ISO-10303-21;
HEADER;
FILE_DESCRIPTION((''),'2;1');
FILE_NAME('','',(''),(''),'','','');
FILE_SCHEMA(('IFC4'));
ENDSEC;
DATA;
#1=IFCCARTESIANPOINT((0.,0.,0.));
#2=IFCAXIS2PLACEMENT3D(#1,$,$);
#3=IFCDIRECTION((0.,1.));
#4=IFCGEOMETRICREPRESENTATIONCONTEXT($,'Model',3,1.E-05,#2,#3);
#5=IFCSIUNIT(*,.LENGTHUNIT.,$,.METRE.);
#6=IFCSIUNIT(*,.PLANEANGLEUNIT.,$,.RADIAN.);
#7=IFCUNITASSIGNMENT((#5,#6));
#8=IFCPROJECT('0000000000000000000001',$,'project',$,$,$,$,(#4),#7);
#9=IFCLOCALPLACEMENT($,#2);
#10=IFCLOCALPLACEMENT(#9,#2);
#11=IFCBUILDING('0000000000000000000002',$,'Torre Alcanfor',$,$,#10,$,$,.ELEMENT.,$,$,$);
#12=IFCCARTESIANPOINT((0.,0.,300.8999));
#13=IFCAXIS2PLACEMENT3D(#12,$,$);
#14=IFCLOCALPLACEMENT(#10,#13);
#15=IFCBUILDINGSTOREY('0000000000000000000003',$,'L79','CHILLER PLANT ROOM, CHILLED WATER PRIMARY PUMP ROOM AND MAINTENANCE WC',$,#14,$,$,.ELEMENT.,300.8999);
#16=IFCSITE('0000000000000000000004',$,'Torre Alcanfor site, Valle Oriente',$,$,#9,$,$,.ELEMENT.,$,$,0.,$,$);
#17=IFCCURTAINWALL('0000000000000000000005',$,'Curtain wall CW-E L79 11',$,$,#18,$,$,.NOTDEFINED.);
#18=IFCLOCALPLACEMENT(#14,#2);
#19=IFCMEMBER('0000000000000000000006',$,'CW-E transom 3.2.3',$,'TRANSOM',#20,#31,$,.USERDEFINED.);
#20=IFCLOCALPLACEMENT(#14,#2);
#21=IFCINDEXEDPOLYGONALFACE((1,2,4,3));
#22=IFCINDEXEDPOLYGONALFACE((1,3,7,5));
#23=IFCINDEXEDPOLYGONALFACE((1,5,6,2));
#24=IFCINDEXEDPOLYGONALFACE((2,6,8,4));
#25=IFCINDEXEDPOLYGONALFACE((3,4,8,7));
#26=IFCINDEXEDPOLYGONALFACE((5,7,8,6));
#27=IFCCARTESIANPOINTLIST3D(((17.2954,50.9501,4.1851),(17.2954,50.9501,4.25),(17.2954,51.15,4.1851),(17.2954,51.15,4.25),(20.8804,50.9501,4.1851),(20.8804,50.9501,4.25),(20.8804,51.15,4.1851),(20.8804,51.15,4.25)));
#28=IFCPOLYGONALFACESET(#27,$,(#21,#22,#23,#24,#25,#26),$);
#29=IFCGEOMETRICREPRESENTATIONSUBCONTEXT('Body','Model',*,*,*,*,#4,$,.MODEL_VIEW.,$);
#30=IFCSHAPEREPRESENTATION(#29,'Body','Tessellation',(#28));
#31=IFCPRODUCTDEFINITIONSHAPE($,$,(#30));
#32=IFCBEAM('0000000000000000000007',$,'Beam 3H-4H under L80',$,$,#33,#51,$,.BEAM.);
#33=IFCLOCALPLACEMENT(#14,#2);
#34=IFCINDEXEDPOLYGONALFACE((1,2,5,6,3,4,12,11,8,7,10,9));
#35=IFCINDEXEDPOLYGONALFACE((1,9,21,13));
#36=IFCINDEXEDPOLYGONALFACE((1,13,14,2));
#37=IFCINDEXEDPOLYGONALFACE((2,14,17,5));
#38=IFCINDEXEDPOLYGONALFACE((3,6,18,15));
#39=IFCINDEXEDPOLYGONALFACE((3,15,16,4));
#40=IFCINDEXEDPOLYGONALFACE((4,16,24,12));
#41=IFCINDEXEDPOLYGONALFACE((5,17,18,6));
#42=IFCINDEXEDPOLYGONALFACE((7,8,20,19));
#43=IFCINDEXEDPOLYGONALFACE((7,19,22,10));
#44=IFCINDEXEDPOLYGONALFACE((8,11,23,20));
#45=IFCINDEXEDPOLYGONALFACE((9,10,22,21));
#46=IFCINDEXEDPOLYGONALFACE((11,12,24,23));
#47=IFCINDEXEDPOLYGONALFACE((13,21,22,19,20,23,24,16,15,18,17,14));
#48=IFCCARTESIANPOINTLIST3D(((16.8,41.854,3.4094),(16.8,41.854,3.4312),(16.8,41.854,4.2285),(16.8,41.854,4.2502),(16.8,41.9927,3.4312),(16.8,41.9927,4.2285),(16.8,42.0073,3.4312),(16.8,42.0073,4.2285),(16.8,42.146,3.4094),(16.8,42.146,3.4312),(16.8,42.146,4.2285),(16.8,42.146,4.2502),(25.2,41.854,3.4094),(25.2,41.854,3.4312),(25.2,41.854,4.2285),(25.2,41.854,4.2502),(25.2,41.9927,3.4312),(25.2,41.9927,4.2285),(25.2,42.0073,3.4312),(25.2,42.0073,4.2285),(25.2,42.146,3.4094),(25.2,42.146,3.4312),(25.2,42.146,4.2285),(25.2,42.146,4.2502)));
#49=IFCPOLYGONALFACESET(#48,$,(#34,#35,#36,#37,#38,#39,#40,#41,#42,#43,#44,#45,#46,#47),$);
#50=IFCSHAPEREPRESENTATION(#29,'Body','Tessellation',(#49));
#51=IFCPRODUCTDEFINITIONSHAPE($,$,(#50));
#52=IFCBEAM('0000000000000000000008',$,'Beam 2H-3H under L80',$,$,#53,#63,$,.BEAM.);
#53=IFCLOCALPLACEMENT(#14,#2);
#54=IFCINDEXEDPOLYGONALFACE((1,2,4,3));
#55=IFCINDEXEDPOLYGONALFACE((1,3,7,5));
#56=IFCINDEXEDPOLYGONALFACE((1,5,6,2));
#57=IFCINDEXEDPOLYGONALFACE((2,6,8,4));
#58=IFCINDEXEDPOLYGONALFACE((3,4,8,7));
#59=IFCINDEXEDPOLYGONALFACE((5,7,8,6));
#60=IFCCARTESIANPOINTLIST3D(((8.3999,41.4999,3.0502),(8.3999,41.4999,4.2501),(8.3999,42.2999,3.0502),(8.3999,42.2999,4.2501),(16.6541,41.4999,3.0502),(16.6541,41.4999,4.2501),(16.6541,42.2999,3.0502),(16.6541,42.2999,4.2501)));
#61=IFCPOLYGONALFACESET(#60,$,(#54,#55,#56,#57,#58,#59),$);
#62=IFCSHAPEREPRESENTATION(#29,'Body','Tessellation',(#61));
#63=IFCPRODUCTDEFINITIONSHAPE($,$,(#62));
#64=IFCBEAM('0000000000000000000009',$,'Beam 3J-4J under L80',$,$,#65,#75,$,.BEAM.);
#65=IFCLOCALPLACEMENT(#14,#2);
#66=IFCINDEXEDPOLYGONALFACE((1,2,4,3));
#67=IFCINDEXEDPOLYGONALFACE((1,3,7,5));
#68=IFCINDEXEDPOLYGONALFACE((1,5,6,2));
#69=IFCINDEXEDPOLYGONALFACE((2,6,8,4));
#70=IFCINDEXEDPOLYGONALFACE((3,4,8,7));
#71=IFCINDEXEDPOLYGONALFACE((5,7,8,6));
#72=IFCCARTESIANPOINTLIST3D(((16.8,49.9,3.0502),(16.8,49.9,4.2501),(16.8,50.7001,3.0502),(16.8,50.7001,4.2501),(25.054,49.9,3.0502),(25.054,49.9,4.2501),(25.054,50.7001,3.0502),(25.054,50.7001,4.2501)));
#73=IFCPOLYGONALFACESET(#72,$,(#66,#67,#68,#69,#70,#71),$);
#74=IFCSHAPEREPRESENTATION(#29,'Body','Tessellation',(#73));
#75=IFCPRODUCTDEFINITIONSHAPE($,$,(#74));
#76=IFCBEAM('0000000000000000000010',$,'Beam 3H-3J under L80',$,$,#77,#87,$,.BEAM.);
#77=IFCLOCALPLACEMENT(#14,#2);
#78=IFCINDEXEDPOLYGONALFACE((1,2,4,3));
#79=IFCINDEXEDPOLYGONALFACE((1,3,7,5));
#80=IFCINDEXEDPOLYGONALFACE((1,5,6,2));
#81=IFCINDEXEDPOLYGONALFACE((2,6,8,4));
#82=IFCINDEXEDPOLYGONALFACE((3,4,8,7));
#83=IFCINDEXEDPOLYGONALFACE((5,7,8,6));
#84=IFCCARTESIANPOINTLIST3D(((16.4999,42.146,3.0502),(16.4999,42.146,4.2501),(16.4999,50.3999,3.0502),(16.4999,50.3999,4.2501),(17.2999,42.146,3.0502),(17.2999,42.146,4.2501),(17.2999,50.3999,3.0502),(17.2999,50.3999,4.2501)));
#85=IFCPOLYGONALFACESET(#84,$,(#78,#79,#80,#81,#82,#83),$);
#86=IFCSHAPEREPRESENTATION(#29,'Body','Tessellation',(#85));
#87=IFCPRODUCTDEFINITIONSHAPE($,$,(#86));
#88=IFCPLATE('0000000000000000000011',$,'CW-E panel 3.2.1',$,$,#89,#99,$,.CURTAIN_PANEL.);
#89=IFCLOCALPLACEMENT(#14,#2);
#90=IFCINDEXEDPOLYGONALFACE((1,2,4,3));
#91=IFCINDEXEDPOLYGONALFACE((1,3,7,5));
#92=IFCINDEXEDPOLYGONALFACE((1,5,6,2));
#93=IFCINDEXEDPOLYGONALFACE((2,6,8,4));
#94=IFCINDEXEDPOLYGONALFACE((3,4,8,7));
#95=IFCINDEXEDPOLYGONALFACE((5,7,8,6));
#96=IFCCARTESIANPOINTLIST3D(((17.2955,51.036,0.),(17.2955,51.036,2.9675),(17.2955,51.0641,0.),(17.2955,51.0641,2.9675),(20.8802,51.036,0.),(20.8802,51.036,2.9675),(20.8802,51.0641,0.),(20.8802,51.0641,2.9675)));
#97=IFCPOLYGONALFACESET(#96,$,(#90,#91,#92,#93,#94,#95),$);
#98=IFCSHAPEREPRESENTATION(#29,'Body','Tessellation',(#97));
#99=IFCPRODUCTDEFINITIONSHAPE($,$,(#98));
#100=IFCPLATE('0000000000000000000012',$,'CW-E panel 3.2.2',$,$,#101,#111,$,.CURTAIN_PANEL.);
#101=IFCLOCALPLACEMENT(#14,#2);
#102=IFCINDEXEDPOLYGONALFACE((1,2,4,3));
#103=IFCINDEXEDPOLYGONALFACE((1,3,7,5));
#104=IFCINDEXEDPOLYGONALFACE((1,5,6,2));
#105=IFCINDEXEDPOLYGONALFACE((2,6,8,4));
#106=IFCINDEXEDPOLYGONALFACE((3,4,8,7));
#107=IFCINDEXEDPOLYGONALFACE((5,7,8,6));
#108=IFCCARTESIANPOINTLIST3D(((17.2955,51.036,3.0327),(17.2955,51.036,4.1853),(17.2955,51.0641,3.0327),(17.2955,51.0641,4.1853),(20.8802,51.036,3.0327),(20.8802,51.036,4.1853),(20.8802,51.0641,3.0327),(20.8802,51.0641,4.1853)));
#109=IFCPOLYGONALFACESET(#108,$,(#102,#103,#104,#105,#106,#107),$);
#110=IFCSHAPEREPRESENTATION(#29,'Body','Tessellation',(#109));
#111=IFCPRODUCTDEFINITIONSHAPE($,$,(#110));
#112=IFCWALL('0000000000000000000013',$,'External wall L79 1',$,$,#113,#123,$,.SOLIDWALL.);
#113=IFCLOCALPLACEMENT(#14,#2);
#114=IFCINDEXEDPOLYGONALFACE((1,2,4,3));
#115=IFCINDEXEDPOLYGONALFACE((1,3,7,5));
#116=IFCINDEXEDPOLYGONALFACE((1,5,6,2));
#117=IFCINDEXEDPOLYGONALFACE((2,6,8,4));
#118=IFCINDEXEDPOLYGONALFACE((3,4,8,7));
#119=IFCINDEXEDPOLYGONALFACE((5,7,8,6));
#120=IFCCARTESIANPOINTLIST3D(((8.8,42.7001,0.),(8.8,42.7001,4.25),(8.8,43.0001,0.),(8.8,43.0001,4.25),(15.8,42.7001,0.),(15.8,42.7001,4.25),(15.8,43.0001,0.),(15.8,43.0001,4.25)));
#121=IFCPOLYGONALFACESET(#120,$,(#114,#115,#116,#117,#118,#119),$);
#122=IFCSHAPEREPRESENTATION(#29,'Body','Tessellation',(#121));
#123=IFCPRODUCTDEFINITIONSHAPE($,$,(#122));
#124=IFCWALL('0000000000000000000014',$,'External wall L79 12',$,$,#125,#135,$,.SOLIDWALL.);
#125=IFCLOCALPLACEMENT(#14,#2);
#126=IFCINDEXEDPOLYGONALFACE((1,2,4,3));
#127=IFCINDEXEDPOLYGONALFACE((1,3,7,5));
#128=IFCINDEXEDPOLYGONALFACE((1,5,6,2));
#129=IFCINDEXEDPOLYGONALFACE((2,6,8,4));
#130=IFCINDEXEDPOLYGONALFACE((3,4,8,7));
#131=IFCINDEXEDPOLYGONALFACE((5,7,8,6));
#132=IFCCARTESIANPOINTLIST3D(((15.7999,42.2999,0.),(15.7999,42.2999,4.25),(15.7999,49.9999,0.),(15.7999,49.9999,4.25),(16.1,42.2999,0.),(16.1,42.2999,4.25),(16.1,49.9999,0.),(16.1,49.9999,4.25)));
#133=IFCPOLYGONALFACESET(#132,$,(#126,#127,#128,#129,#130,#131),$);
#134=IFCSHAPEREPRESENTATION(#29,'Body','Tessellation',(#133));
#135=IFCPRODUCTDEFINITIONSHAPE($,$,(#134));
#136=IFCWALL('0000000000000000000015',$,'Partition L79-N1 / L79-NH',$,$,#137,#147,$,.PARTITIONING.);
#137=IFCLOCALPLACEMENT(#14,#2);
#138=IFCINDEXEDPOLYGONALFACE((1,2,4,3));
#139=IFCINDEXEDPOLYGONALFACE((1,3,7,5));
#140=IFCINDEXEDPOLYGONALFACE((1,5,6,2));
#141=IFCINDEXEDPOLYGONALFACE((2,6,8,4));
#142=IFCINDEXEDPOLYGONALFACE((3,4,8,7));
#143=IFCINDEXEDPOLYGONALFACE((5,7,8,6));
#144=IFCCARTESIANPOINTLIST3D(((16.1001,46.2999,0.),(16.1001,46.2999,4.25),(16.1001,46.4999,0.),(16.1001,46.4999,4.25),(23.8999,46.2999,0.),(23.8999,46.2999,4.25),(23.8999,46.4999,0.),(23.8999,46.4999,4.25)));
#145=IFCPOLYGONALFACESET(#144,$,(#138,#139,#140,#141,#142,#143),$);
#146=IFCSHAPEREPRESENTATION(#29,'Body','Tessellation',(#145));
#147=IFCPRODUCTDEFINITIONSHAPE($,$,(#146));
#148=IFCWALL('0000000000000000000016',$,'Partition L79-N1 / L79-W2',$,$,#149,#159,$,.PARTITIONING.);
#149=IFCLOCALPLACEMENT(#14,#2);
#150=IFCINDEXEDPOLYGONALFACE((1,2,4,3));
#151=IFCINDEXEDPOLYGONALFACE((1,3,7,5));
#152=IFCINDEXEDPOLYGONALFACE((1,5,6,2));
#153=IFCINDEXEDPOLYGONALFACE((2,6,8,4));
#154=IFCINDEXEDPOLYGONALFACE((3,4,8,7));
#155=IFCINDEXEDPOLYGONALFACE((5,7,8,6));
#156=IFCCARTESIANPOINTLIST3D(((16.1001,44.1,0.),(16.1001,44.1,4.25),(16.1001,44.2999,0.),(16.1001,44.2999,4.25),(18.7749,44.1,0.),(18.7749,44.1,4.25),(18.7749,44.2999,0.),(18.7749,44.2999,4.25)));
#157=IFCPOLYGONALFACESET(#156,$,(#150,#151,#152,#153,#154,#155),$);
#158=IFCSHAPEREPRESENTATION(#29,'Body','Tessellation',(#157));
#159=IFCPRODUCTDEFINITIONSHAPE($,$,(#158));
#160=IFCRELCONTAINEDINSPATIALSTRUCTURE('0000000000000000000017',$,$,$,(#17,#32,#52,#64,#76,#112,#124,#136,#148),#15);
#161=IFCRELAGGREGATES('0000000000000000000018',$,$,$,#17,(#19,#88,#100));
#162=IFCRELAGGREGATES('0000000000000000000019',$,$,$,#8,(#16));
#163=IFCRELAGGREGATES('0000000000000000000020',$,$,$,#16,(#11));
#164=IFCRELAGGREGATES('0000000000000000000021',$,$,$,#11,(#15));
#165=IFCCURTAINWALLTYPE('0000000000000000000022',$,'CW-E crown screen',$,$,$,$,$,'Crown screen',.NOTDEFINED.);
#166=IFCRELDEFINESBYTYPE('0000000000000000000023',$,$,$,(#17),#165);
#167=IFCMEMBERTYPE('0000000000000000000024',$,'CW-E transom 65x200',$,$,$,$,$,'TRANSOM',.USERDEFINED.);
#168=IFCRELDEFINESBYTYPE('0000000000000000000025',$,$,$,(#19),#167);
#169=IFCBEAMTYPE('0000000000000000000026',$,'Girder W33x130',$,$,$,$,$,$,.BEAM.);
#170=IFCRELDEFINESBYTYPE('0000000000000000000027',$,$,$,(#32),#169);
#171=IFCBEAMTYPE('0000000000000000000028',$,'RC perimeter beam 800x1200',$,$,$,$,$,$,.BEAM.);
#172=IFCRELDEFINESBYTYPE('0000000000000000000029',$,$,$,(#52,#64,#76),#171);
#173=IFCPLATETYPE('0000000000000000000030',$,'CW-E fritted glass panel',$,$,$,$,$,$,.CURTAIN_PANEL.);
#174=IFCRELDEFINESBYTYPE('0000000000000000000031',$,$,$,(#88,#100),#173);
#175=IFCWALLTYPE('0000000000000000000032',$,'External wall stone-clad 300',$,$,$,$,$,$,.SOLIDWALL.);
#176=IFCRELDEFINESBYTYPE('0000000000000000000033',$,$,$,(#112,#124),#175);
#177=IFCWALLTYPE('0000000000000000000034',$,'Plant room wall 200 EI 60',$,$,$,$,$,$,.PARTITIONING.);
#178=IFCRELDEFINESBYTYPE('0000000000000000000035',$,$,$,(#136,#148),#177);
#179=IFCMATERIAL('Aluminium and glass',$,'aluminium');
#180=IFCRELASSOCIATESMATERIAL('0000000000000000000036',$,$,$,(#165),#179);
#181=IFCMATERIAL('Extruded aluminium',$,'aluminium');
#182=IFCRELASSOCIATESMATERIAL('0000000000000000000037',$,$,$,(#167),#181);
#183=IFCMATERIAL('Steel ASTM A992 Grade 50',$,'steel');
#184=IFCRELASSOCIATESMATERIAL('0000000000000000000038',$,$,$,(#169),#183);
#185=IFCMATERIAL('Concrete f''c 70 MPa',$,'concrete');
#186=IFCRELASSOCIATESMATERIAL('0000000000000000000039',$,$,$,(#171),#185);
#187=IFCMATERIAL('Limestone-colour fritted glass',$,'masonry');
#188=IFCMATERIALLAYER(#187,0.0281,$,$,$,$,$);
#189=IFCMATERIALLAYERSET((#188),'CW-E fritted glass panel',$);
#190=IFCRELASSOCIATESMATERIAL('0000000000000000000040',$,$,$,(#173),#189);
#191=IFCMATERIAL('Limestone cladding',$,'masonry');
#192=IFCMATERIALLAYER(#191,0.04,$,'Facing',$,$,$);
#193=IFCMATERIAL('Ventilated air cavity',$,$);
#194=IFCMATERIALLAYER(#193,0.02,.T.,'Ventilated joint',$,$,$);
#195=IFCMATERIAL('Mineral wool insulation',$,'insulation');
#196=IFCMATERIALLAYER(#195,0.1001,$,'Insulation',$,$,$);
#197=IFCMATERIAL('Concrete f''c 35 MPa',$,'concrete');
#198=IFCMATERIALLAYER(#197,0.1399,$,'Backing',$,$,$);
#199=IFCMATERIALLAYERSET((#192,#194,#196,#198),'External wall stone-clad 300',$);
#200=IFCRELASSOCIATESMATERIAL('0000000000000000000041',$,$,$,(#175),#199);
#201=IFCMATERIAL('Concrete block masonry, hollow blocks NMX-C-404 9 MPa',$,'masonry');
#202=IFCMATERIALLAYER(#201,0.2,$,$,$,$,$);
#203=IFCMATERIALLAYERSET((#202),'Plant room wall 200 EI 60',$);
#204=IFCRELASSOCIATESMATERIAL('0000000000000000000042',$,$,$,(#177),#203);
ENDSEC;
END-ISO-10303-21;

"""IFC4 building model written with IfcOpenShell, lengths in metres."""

from ifc_helpers import new_model, si_unit, direction, frame, frame_2d, origin, origin_2d, place, context, subcontext, project, spatial, rectangle, i_section, extrude, material, layer, layer_set, material_profile, profile_set, type_object, element, aggregate, save


model = new_model("IFC4")

# Units and contexts
model_context = context("Model", 3, precision=1e-05, world=origin(), true_north=direction((0.0, 1.0)))
body_context = subcontext(model_context, "Body", "Model", "MODEL_VIEW")
ifc_project = project(units=[si_unit("LENGTHUNIT", "METRE"), si_unit("PLANEANGLEUNIT", "RADIAN")], contexts=[model_context])

# Site, building, storey
site_placement = place(None, origin())
site = spatial("IfcSite", under=ifc_project, at=site_placement, Name="Torre Alcanfor site, Valle Oriente", CompositionType="ELEMENT", RefElevation=0.0)
building_placement = place(site_placement, origin())
building = spatial("IfcBuilding", under=site, at=building_placement, Name="Torre Alcanfor", CompositionType="ELEMENT")
storey_placement = place(building_placement, frame((0.0, 0.0, 300.8999)))
storey = spatial("IfcBuildingStorey", under=building, at=storey_placement, Name="L79", Description="CHILLER PLANT ROOM, CHILLED WATER PRIMARY PUMP ROOM AND MAINTENANCE WC", CompositionType="ELEMENT", Elevation=300.8999)

# Shared definitions
ifc_material_1 = material(Name="Aluminium and glass", Category="aluminium")
curtain_wall_type = type_object("IfcCurtainWallType", Name="CW-E crown screen", ElementType="Crown screen", PredefinedType="NOTDEFINED", material=ifc_material_1)

# Curtain wall
curtain_wall_1_placement = place(storey_placement, origin())
curtain_wall_1 = element("IfcCurtainWall", 1, at=curtain_wall_1_placement, inside=storey, type_object=curtain_wall_type, Name="Curtain wall CW-E L79 11", PredefinedType="NOTDEFINED")

# Member
ifc_material_2 = material(Name="Extruded aluminium", Category="aluminium")
ifc_material_profile_1 = material_profile(ifc_material_2, rectangle(XDim=0.2, YDim=0.0649, at=origin_2d()), Name="CW-E transom 200x65")
ifc_profile_set_1 = profile_set([ifc_material_profile_1], Name="Extruded aluminium")
member_type_1 = type_object("IfcMemberType", Name="CW-E transom 65x200", ElementType="TRANSOM", PredefinedType="USERDEFINED", material=ifc_profile_set_1)
member_1_placement = place(storey_placement, frame((20.8804, 51.05, 4.2175), z_axis=(-1.0, 0.0, 0.0), x_axis=(0.0, -1.0, 0.0)))
member_1 = element("IfcMember", 2, at=member_1_placement, type_object=member_type_1, Name="CW-E transom 3.2.3", ObjectType="TRANSOM", PredefinedType="USERDEFINED", context=body_context, shape_type="SweptSolid", body=[
    extrude(rectangle(XDim=0.2, YDim=0.0649, at=origin_2d()), origin(), (0.0, 0.0, 1.0), 3.585),
])

# Beams
ifc_material_3 = material(Name="Steel ASTM A992 Grade 50", Category="steel")
ifc_material_profile_2 = material_profile(ifc_material_3, i_section(OverallWidth=0.292, OverallDepth=0.8408, WebThickness=0.0146, FlangeThickness=0.0217, at=origin_2d()), Name="W33x130")
ifc_profile_set_2 = profile_set([ifc_material_profile_2], Name="Steel ASTM A992 Grade 50")
beam_type_1 = type_object("IfcBeamType", Name="Girder W33x130", PredefinedType="BEAM", material=ifc_profile_set_2)
beam_1_placement = place(storey_placement, frame((16.8, 42.0, 3.8298), z_axis=(1.0, 0.0, 0.0), x_axis=(0.0, 1.0, 0.0)))
element("IfcBeam", 3, at=beam_1_placement, inside=storey, type_object=beam_type_1, Name="Beam 3H-4H under L80", PredefinedType="BEAM", context=body_context, shape_type="SweptSolid", body=[
    extrude(i_section(OverallWidth=0.292, OverallDepth=0.8408, WebThickness=0.0146, FlangeThickness=0.0217, at=origin_2d()), origin(), (0.0, 0.0, 1.0), 8.3999),
])
ifc_material_4 = material(Name="Concrete f'c 70 MPa", Category="concrete")
ifc_material_profile_3 = material_profile(ifc_material_4, rectangle(XDim=0.8, YDim=1.2, at=origin_2d()), Name="800x1200")
ifc_profile_set_3 = profile_set([ifc_material_profile_3], Name="Concrete f'c 70 MPa")
beam_type_2 = type_object("IfcBeamType", Name="RC perimeter beam 800x1200", PredefinedType="BEAM", material=ifc_profile_set_3)
beam_2_placement = place(storey_placement, frame((8.3999, 41.8999, 3.6501), z_axis=(1.0, 0.0, 0.0), x_axis=(0.0, 1.0, 0.0)))
element("IfcBeam", 4, at=beam_2_placement, inside=storey, type_object=beam_type_2, Name="Beam 2H-3H under L80", PredefinedType="BEAM", context=body_context, shape_type="SweptSolid", body=[
    extrude(rectangle(XDim=0.8, YDim=1.2, at=origin_2d()), origin(), (0.0, 0.0, 1.0), 8.2542),
])
for number, where, z_axis, x_axis, name in (
    (5, (16.8, 50.3, 3.6501), (1.0, 0.0, 0.0), (0.0, 1.0, 0.0), "Beam 3J-4J under L80"),
    (6, (16.8999, 42.146, 3.6501), (0.0, 1.0, 0.0), (-1.0, 0.0, 0.0), "Beam 3H-3J under L80"),
):
    element("IfcBeam", number, at=place(storey_placement, frame(where, z_axis=z_axis, x_axis=x_axis)), inside=storey, type_object=beam_type_2, Name=name, PredefinedType="BEAM", context=body_context, shape_type="SweptSolid", body=[
        extrude(rectangle(XDim=0.8, YDim=1.2, at=origin_2d()), origin(), (0.0, 0.0, 1.0), 8.2539),
    ])

# Plates
ifc_material_5 = material(Name="Limestone-colour fritted glass", Category="masonry")
ifc_layer_1 = layer(ifc_material_5, 0.0281)
ifc_layer_set_1 = layer_set([ifc_layer_1], Name="CW-E fritted glass panel")
plate_type = type_object("IfcPlateType", Name="CW-E fritted glass panel", PredefinedType="CURTAIN_PANEL", material=ifc_layer_set_1)
plate_1_placement = place(storey_placement, frame((19.0879, 51.05, 0.0), z_axis=(0.0, 0.0, 1.0), x_axis=(-1.0, 0.0, 0.0)))
plate_1 = element("IfcPlate", 7, at=plate_1_placement, type_object=plate_type, Name="CW-E panel 3.2.1", PredefinedType="CURTAIN_PANEL", context=body_context, shape_type="SweptSolid", body=[
    extrude(rectangle(XDim=3.5847, YDim=0.0281, at=origin_2d()), origin(), (0.0, 0.0, 1.0), 2.9675),
])
plate_2_placement = place(storey_placement, frame((19.0879, 51.05, 3.0327), z_axis=(0.0, 0.0, 1.0), x_axis=(-1.0, 0.0, 0.0)))
plate_2 = element("IfcPlate", 8, at=plate_2_placement, type_object=plate_type, Name="CW-E panel 3.2.2", PredefinedType="CURTAIN_PANEL", context=body_context, shape_type="SweptSolid", body=[
    extrude(rectangle(XDim=3.5847, YDim=0.0281, at=origin_2d()), origin(), (0.0, 0.0, 1.0), 1.1526),
])
aggregate(curtain_wall_1, [member_1, plate_1, plate_2])

# Walls
ifc_material_6 = material(Name="Limestone cladding", Category="masonry")
ifc_layer_2 = layer(ifc_material_6, 0.04, Name="Facing")
ifc_material_7 = material(Name="Ventilated air cavity")
ifc_layer_3 = layer(ifc_material_7, 0.02, ventilated=True, Name="Ventilated joint")
ifc_material_8 = material(Name="Mineral wool insulation", Category="insulation")
ifc_layer_4 = layer(ifc_material_8, 0.1001, Name="Insulation")
ifc_material_9 = material(Name="Concrete f'c 35 MPa", Category="concrete")
ifc_layer_5 = layer(ifc_material_9, 0.1399, Name="Backing")
ifc_layer_set_2 = layer_set([ifc_layer_2, ifc_layer_3, ifc_layer_4, ifc_layer_5], Name="External wall stone-clad 300")
wall_type_1 = type_object("IfcWallType", Name="External wall stone-clad 300", PredefinedType="SOLIDWALL", material=ifc_layer_set_2)
wall_1_placement = place(storey_placement, frame((15.8, 42.8501, 0.0), z_axis=(0.0, 0.0, 1.0), x_axis=(-1.0, 0.0, 0.0)))
element("IfcWall", 9, at=wall_1_placement, inside=storey, type_object=wall_type_1, Name="External wall L79 1", PredefinedType="SOLIDWALL", context=body_context, shape_type="SweptSolid", body=[
    extrude(rectangle(XDim=7.0, YDim=0.3, at=frame_2d((3.5, 0.0))), origin(), (0.0, 0.0, 1.0), 4.25),
])
wall_2_placement = place(storey_placement, frame((15.95, 50.0, 0.0), z_axis=(0.0, 0.0, 1.0), x_axis=(0.0, -1.0, 0.0)))
element("IfcWall", 10, at=wall_2_placement, inside=storey, type_object=wall_type_1, Name="External wall L79 12", PredefinedType="SOLIDWALL", context=body_context, shape_type="SweptSolid", body=[
    extrude(rectangle(XDim=7.7, YDim=0.3, at=frame_2d((3.8501, 0.0))), origin(), (0.0, 0.0, 1.0), 4.25),
])
ifc_material_10 = material(Name="Concrete block masonry, hollow blocks NMX-C-404 9 MPa", Category="masonry")
ifc_layer_6 = layer(ifc_material_10, 0.2)
ifc_layer_set_3 = layer_set([ifc_layer_6], Name="Plant room wall 200 EI 60")
wall_type_2 = type_object("IfcWallType", Name="Plant room wall 200 EI 60", PredefinedType="PARTITIONING", material=ifc_layer_set_3)
wall_3_placement = place(storey_placement, frame((16.1001, 46.3999, 0.0), z_axis=(0.0, 0.0, 1.0), x_axis=(1.0, 0.0, 0.0)))
element("IfcWall", 11, at=wall_3_placement, inside=storey, type_object=wall_type_2, Name="Partition L79-N1 / L79-NH", PredefinedType="PARTITIONING", context=body_context, shape_type="SweptSolid", body=[
    extrude(rectangle(XDim=7.7998, YDim=0.2, at=frame_2d((3.8999, 0.0))), origin(), (0.0, 0.0, 1.0), 4.25),
])
wall_4_placement = place(storey_placement, frame((18.7749, 44.2, 0.0), z_axis=(0.0, 0.0, 1.0), x_axis=(-1.0, 0.0, 0.0)))
element("IfcWall", 12, at=wall_4_placement, inside=storey, type_object=wall_type_2, Name="Partition L79-N1 / L79-W2", PredefinedType="PARTITIONING", context=body_context, shape_type="SweptSolid", body=[
    extrude(rectangle(XDim=2.6748, YDim=0.2, at=frame_2d((1.3374, 0.0))), origin(), (0.0, 0.0, 1.0), 4.25),
])

save(model, "model.ifc")
